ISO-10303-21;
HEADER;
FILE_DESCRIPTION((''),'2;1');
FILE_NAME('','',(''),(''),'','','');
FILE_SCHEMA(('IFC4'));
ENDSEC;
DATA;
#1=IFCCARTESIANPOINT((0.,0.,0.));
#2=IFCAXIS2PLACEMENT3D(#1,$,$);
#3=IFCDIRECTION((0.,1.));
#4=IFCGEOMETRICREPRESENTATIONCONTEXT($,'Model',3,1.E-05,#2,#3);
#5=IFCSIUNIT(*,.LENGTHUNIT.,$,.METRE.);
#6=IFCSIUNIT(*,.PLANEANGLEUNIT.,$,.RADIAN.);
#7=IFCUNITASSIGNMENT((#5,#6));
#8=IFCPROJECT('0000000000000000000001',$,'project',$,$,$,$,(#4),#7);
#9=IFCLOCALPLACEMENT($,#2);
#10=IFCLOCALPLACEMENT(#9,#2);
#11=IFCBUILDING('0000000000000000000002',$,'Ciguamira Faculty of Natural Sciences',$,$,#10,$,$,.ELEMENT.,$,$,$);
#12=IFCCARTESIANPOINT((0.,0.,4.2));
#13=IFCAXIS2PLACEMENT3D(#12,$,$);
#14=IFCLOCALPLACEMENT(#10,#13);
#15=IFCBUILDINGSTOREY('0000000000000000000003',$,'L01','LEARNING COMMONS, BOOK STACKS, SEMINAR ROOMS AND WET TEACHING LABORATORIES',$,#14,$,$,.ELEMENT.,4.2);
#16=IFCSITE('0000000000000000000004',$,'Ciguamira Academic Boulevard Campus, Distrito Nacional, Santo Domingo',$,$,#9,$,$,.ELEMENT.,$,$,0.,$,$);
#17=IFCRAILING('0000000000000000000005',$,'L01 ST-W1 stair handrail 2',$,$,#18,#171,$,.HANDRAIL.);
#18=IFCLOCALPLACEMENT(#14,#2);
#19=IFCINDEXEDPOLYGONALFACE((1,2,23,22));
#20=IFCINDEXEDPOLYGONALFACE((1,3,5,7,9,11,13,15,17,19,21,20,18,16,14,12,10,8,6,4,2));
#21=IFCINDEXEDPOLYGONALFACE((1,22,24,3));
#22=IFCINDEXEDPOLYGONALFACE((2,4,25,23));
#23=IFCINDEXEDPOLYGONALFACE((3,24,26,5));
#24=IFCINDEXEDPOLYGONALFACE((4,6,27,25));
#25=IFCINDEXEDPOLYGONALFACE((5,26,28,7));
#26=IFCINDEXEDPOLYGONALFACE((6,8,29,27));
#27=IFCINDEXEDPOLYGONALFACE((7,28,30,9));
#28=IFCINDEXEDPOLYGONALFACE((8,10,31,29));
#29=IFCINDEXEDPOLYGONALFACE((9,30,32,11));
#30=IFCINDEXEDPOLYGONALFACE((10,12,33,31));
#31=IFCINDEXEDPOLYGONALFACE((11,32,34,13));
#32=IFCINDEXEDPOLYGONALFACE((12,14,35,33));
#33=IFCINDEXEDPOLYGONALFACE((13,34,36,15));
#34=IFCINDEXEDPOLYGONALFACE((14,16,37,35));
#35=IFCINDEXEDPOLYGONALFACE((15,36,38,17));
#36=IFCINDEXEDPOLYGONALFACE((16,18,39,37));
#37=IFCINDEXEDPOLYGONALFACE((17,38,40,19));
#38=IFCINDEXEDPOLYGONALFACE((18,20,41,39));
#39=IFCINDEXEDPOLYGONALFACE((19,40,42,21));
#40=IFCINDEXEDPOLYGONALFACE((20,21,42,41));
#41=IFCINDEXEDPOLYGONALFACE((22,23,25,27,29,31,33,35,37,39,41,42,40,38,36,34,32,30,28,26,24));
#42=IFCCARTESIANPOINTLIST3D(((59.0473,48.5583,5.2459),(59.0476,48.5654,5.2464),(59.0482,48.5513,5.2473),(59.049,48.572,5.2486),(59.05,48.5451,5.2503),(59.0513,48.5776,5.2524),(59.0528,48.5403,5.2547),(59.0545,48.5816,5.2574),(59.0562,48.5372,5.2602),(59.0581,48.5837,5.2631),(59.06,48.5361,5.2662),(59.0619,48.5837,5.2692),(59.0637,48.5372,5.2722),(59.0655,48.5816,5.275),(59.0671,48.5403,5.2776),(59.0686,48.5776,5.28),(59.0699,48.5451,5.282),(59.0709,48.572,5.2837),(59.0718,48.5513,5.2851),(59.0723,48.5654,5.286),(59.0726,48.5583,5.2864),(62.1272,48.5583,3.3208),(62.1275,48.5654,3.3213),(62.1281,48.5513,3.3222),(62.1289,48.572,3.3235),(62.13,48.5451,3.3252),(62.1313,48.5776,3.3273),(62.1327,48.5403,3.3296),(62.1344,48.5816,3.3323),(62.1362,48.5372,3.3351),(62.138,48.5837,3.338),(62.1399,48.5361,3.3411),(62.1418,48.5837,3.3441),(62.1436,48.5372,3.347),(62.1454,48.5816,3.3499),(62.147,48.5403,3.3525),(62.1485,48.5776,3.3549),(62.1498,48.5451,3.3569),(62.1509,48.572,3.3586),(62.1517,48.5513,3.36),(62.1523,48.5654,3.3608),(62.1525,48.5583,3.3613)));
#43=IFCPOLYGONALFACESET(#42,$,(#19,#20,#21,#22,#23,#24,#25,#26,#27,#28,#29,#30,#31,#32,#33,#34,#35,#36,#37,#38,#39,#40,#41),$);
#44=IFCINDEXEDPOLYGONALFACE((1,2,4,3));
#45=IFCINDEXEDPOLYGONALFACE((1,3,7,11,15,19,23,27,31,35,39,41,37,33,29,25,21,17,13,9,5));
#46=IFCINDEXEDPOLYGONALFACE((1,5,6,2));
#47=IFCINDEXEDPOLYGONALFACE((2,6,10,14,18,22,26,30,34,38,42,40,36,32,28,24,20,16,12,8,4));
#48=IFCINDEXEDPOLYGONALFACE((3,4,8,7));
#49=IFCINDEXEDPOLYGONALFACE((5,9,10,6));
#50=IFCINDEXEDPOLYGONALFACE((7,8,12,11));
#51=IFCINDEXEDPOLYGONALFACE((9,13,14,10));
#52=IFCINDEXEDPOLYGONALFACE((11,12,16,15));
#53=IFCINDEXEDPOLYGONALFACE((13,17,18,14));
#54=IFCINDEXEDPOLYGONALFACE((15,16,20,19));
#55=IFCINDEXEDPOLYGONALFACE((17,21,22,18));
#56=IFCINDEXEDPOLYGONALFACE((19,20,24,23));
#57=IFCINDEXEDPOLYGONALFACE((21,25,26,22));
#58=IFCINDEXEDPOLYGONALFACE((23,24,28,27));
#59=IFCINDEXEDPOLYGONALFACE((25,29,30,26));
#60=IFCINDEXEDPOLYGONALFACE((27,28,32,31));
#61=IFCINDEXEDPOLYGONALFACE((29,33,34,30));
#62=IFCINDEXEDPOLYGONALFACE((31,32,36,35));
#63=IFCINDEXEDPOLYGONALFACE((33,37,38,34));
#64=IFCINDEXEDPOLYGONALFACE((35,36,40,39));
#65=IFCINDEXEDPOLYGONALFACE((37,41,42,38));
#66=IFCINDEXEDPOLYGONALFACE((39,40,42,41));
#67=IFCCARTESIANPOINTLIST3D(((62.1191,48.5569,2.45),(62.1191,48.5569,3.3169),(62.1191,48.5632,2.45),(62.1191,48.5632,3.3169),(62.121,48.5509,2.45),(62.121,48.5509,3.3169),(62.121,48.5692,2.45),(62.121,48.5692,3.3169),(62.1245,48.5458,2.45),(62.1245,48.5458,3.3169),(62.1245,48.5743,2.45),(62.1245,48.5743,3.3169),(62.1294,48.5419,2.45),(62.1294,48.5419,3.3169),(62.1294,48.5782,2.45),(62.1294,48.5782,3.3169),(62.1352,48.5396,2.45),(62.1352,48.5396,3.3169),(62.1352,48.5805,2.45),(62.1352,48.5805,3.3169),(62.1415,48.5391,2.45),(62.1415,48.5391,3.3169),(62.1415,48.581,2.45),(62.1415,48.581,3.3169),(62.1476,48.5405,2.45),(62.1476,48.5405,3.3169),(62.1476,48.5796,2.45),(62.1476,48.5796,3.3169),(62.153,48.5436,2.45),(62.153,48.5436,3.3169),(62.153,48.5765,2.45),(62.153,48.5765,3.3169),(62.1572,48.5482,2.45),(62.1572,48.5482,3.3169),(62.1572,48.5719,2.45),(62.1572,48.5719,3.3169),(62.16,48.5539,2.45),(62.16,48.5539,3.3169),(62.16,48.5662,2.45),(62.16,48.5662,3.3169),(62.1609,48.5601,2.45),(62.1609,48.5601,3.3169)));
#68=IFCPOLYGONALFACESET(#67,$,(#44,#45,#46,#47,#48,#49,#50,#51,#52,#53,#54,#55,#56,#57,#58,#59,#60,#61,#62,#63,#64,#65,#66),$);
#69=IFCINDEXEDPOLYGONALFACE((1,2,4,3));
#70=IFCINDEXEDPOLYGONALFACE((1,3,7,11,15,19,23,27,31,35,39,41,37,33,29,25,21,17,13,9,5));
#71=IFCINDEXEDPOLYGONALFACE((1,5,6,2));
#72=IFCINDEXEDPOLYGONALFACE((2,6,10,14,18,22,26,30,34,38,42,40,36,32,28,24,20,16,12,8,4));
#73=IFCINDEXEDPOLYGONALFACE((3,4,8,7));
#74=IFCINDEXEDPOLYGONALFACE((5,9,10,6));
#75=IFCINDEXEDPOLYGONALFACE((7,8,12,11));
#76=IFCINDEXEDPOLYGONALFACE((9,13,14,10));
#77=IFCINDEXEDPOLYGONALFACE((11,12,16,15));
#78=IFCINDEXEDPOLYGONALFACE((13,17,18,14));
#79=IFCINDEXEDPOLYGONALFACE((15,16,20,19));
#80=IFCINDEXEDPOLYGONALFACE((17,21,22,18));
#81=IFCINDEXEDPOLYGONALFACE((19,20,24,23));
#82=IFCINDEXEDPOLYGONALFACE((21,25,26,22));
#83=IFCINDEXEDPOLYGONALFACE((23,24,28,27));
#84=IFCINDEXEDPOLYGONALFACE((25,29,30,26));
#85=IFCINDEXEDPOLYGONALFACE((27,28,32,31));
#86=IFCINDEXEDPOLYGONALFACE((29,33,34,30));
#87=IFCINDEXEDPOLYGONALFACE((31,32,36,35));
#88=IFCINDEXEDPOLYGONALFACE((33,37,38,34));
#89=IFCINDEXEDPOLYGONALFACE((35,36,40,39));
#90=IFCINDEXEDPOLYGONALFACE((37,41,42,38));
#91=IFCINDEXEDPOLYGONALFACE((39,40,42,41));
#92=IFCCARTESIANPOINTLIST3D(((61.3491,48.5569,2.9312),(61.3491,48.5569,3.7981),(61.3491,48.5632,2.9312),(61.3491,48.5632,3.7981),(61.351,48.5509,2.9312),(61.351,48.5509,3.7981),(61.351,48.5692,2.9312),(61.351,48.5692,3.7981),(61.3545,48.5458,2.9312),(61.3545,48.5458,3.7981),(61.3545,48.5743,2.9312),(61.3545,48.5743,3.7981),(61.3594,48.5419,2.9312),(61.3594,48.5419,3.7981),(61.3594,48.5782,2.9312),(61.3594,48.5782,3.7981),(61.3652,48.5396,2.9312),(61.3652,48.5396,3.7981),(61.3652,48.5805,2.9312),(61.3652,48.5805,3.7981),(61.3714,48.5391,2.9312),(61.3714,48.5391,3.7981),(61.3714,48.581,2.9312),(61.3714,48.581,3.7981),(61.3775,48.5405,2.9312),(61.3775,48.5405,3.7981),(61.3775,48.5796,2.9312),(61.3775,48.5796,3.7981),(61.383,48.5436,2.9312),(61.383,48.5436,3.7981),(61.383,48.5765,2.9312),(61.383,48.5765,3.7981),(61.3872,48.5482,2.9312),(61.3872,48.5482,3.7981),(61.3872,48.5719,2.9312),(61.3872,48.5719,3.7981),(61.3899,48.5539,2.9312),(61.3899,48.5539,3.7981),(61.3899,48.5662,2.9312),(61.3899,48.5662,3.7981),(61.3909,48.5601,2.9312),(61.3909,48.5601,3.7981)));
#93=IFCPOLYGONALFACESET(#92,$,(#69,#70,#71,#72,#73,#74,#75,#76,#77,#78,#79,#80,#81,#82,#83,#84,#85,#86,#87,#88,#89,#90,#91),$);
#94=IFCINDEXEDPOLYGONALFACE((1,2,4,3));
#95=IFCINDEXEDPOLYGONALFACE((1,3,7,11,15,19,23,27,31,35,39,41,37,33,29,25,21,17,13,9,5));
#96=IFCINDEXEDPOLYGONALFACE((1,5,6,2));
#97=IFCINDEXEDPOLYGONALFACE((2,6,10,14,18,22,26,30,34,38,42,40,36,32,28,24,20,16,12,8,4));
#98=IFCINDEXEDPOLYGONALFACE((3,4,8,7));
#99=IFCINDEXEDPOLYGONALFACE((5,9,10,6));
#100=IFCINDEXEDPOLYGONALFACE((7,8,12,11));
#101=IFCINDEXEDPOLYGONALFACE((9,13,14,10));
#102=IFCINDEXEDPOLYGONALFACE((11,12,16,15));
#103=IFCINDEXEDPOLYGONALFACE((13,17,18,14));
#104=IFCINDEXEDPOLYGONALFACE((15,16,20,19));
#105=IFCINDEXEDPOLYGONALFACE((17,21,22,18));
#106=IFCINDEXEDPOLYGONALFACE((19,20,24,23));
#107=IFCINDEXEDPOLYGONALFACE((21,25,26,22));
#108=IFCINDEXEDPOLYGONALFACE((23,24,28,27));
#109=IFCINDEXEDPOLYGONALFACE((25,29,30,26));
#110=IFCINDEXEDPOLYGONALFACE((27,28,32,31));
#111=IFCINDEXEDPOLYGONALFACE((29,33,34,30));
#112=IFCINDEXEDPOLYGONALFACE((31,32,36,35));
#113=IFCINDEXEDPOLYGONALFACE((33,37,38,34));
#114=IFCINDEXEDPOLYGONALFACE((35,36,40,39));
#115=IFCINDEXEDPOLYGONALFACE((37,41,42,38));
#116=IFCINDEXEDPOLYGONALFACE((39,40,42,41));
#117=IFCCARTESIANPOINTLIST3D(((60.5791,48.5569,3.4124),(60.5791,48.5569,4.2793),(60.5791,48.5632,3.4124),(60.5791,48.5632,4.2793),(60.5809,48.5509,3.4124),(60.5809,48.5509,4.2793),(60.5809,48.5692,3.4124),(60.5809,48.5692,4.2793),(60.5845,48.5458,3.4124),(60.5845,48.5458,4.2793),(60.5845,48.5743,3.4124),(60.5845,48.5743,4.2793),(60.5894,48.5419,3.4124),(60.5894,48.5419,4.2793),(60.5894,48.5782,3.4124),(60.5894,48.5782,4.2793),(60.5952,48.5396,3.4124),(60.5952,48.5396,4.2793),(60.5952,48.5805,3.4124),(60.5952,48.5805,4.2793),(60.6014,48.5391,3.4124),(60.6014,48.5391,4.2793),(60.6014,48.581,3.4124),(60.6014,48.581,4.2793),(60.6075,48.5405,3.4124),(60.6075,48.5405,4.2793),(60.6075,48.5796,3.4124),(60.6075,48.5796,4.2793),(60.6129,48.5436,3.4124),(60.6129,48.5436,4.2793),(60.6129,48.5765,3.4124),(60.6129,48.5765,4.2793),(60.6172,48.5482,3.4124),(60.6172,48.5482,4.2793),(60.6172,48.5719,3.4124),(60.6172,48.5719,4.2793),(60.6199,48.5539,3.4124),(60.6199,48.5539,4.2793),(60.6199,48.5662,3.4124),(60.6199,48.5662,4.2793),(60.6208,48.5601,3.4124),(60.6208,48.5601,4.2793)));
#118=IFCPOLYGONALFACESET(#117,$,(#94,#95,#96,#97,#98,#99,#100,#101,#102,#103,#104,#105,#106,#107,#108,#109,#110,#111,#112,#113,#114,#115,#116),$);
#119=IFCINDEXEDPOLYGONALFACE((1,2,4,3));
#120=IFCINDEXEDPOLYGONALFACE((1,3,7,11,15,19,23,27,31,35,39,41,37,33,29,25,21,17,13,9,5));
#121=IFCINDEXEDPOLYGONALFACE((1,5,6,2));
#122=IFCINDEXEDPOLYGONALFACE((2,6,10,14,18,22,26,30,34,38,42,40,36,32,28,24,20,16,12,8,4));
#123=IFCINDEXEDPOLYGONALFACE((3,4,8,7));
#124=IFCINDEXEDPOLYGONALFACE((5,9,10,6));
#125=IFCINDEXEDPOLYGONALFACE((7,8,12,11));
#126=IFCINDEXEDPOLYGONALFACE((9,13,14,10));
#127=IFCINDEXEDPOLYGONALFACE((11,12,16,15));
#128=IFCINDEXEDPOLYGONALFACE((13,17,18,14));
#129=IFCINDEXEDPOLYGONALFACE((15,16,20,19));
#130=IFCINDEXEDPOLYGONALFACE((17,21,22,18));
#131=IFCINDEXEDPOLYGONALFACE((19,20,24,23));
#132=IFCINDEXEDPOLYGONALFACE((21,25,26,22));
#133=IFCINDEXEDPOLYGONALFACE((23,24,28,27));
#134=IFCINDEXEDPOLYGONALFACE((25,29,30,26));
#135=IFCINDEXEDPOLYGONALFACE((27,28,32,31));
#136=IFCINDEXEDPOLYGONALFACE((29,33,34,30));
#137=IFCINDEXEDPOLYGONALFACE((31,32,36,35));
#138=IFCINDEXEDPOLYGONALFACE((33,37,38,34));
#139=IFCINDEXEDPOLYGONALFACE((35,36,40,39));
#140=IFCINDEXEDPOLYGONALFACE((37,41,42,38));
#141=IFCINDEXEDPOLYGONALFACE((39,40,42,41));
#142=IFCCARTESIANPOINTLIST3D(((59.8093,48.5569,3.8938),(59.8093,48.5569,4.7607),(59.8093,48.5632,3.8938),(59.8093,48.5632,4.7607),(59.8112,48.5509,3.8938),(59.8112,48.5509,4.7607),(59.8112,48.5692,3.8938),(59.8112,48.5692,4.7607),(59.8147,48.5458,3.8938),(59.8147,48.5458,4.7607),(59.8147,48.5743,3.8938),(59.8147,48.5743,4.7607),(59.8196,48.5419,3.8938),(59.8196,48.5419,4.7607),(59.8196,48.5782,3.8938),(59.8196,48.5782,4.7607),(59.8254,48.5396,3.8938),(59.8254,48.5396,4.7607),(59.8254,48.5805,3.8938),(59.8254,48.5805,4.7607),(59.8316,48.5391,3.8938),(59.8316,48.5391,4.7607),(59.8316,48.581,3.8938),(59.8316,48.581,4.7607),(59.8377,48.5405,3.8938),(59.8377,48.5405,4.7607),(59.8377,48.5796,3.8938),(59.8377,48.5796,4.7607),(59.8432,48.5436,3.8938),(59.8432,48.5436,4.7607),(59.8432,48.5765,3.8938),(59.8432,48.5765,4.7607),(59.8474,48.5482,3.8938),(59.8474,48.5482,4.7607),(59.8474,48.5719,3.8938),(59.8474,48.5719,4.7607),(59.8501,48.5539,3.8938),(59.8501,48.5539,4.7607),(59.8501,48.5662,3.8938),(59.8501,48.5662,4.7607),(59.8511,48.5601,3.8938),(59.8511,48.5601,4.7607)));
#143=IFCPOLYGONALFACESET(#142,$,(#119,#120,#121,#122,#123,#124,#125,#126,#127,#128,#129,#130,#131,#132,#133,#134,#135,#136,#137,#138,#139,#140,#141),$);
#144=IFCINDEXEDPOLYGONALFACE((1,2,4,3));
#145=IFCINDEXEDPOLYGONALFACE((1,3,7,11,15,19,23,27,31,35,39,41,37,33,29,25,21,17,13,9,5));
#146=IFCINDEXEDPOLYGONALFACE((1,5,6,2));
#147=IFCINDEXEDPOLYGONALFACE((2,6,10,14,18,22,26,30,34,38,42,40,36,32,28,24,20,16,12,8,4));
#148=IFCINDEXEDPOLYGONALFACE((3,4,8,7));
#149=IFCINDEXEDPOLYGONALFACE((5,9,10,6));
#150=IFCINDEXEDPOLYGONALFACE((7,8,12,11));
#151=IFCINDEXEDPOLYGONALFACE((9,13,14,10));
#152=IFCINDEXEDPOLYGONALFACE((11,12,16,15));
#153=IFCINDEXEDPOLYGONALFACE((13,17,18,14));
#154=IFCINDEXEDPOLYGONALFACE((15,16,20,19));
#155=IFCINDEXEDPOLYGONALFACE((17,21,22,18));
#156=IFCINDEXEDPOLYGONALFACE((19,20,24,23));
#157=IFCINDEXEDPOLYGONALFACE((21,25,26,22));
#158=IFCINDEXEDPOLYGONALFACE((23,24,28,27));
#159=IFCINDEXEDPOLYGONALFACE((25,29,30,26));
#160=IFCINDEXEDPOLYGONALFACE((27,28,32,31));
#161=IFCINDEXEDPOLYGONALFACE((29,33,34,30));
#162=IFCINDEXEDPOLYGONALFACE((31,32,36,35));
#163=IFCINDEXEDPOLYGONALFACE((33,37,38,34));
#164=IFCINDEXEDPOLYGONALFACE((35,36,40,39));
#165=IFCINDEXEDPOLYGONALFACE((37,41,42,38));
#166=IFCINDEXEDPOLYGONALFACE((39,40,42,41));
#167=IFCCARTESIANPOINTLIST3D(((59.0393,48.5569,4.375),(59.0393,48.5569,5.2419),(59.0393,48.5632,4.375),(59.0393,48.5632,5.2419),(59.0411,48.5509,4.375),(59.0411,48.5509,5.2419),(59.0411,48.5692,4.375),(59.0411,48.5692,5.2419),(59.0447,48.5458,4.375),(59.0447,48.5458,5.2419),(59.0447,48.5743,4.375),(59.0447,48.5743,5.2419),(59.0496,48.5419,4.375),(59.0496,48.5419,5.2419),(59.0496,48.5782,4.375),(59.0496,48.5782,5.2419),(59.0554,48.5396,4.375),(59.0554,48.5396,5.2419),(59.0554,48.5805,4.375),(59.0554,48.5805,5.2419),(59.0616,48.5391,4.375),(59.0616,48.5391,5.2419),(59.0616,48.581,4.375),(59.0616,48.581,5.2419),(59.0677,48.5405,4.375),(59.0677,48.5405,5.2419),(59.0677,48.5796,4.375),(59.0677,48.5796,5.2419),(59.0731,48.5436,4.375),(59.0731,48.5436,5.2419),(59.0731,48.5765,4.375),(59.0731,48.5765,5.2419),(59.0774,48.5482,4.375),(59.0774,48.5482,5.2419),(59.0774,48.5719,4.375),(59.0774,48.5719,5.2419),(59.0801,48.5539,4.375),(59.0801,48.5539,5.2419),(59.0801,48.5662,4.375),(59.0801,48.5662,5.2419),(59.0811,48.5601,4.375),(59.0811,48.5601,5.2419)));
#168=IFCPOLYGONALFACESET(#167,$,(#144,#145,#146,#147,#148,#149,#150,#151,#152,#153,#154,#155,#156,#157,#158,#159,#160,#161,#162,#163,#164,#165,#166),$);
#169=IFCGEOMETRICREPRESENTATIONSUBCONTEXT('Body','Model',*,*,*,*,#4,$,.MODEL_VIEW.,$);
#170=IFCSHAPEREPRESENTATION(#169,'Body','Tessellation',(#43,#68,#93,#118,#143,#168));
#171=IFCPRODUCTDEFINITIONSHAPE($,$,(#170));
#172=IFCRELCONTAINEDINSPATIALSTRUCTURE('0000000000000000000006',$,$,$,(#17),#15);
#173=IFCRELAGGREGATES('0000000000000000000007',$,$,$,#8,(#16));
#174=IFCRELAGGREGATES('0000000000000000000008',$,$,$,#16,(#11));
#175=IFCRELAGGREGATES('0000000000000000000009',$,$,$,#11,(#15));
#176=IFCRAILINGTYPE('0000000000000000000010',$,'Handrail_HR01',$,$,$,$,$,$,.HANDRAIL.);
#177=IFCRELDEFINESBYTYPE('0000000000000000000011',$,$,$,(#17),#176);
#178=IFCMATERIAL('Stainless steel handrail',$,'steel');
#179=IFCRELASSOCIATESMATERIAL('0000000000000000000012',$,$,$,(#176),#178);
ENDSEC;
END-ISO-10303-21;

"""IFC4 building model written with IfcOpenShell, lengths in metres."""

from ifc_helpers import new_model, si_unit, direction, frame, origin, origin_2d, place, context, subcontext, project, spatial, circle, extrude, material, type_object, element, save


model = new_model("IFC4")

# Units and contexts
model_context = context("Model", 3, precision=1e-05, world=origin(), true_north=direction((0.0, 1.0)))
body_context = subcontext(model_context, "Body", "Model", "MODEL_VIEW")
ifc_project = project(units=[si_unit("LENGTHUNIT", "METRE"), si_unit("PLANEANGLEUNIT", "RADIAN")], contexts=[model_context])

# Site, building, storey
site_placement = place(None, origin())
site = spatial("IfcSite", under=ifc_project, at=site_placement, Name="Ciguamira Academic Boulevard Campus, Distrito Nacional, Santo Domingo", CompositionType="ELEMENT", RefElevation=0.0)
building_placement = place(site_placement, origin())
building = spatial("IfcBuilding", under=site, at=building_placement, Name="Ciguamira Faculty of Natural Sciences", CompositionType="ELEMENT")
storey_placement = place(building_placement, frame((0.0, 0.0, 4.2)))
storey = spatial("IfcBuildingStorey", under=building, at=storey_placement, Name="L01", Description="LEARNING COMMONS, BOOK STACKS, SEMINAR ROOMS AND WET TEACHING LABORATORIES", CompositionType="ELEMENT", Elevation=4.2)

# Railing
ifc_material_1 = material(Name="Stainless steel handrail", Category="steel")
railing_type_1 = type_object("IfcRailingType", Name="Handrail_HR01", PredefinedType="HANDRAIL", material=ifc_material_1)
railing_1_placement = place(storey_placement, frame((62.1399, 48.5601, 2.45)))
element("IfcRailing", 1, at=railing_1_placement, inside=storey, type_object=railing_type_1, Name="L01 ST-W1 stair handrail 2", PredefinedType="HANDRAIL", context=body_context, shape_type="SweptSolid", body=[
    extrude(circle(Radius=0.0239, at=origin_2d()), frame((0.0, 0.0, 0.8911), z_axis=(-0.847979, 0.0, 0.530029), x_axis=(0.0, -1.0, 0.0)), (0.0, 0.0, 1.0), 3.6321),
    extrude(circle(Radius=0.021, at=origin_2d()), origin(), (0.0, 0.0, 1.0), 0.8669),
    extrude(circle(Radius=0.021, at=origin_2d()), frame((-0.77, 0.0, 0.4812)), (0.0, 0.0, 1.0), 0.8669),
    extrude(circle(Radius=0.021, at=origin_2d()), frame((-1.54, 0.0, 0.9624)), (0.0, 0.0, 1.0), 0.8669),
    extrude(circle(Radius=0.021, at=origin_2d()), frame((-2.3098, 0.0, 1.4438)), (0.0, 0.0, 1.0), 0.8669),
    extrude(circle(Radius=0.021, at=origin_2d()), frame((-3.0798, 0.0, 1.925)), (0.0, 0.0, 1.0), 0.8669),
])

save(model, "model.ifc")
